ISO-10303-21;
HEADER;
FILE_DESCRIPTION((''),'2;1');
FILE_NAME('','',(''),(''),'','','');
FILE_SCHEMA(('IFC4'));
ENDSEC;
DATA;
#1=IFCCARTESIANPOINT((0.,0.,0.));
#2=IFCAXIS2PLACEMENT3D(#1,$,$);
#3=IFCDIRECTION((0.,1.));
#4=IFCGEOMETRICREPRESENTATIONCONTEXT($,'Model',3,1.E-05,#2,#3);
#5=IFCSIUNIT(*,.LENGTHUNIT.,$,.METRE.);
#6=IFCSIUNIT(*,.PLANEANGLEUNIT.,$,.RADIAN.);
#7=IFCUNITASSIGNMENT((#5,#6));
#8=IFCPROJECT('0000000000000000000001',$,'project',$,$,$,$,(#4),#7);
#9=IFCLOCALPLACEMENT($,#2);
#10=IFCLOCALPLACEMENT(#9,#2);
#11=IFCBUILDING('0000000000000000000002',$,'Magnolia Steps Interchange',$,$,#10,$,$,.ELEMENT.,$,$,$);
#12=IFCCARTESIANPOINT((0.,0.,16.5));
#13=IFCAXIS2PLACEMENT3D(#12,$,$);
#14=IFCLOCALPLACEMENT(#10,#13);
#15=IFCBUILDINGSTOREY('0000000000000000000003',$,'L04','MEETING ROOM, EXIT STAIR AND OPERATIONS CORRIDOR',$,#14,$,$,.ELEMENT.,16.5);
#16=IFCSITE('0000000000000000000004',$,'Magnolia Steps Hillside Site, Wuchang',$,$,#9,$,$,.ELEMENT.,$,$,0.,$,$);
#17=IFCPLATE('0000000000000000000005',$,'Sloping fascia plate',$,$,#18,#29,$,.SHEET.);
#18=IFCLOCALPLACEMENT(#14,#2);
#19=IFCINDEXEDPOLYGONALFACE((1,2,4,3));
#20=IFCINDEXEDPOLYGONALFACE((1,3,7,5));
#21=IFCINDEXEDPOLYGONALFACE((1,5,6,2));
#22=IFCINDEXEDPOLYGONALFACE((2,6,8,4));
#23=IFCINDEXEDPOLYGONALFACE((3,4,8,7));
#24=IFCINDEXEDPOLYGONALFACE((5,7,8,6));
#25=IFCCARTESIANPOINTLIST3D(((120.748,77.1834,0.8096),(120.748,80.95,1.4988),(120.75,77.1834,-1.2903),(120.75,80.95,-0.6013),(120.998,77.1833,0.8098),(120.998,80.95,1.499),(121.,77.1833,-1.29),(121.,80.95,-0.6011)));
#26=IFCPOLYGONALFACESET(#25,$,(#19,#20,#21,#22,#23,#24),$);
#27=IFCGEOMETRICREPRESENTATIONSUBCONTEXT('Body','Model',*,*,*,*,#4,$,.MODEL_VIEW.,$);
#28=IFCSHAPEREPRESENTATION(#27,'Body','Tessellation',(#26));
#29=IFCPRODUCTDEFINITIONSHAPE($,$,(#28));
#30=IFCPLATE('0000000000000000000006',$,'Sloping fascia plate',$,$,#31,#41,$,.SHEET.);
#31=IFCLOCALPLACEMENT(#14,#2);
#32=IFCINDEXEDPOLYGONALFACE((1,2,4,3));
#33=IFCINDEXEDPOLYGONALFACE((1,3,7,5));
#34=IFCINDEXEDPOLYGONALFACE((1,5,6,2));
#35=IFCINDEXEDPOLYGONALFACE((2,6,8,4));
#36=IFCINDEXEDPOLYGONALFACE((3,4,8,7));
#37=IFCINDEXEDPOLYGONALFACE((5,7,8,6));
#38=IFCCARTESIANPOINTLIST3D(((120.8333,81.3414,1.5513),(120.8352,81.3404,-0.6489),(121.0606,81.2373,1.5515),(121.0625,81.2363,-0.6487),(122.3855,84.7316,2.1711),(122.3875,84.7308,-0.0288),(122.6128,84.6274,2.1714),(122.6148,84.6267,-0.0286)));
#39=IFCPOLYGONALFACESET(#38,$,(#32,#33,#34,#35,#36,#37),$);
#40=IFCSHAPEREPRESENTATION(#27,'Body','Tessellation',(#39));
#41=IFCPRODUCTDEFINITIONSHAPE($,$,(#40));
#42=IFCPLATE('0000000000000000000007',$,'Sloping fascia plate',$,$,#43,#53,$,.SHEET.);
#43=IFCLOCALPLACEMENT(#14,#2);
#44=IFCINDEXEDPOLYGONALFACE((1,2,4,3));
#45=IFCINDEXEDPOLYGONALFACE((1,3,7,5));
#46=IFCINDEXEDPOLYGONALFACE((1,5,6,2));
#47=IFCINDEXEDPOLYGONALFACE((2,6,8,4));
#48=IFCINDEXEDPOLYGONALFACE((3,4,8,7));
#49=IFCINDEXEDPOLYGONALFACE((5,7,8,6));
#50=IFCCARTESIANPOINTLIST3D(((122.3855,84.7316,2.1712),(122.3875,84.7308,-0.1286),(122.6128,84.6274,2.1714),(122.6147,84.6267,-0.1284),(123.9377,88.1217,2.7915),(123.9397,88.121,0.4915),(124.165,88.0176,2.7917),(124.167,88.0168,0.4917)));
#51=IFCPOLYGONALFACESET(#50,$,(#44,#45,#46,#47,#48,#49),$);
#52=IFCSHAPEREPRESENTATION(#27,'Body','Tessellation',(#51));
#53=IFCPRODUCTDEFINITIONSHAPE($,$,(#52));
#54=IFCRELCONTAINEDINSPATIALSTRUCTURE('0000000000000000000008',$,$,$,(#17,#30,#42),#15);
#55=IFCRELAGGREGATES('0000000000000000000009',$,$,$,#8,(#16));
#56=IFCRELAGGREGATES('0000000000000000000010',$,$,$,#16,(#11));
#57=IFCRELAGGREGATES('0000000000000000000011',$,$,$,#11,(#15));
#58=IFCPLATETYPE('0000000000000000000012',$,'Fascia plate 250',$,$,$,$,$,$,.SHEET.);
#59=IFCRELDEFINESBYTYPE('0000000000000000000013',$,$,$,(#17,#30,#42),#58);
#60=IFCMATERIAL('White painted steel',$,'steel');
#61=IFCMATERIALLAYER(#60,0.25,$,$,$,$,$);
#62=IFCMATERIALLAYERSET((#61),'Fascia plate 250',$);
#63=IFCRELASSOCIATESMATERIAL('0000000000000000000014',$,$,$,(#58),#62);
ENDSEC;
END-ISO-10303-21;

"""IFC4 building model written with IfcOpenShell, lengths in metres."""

from ifc_helpers import new_model, si_unit, direction, frame, origin, place, context, subcontext, project, spatial, polyline, outline, extrude, material, layer, layer_set, type_object, element, save


model = new_model("IFC4")

# Units and contexts
model_context = context("Model", 3, precision=1e-05, world=origin(), true_north=direction((0.0, 1.0)))
body_context = subcontext(model_context, "Body", "Model", "MODEL_VIEW")
ifc_project = project(units=[si_unit("LENGTHUNIT", "METRE"), si_unit("PLANEANGLEUNIT", "RADIAN")], contexts=[model_context])

# Site, building, storey
site_placement = place(None, origin())
site = spatial("IfcSite", under=ifc_project, at=site_placement, Name="Magnolia Steps Hillside Site, Wuchang", CompositionType="ELEMENT", RefElevation=0.0)
building_placement = place(site_placement, origin())
building = spatial("IfcBuilding", under=site, at=building_placement, Name="Magnolia Steps Interchange", CompositionType="ELEMENT")
storey_placement = place(building_placement, frame((0.0, 0.0, 16.5)))
storey = spatial("IfcBuildingStorey", under=building, at=storey_placement, Name="L04", Description="MEETING ROOM, EXIT STAIR AND OPERATIONS CORRIDOR", CompositionType="ELEMENT", Elevation=16.5)

# Plates
ifc_material_1 = material(Name="White painted steel", Category="steel")
ifc_layer_1 = layer(ifc_material_1, 0.25)
ifc_layer_set_1 = layer_set([ifc_layer_1], Name="Fascia plate 250")
plate_type_1 = type_object("IfcPlateType", Name="Fascia plate 250", PredefinedType="SHEET", material=ifc_layer_set_1)
plate_1_placement = place(storey_placement, frame((121.0, 77.1833, -1.29), z_axis=(1.0, -0.00017, 0.00093), x_axis=(0.0, 0.98368, 0.179929)))
element("IfcPlate", 1, at=plate_1_placement, inside=storey, type_object=plate_type_1, Name="Sloping fascia plate", PredefinedType="SHEET", context=body_context, shape_type="SweptSolid", body=[
    extrude(outline(polyline([(0.0, 0.0), (3.8291, 0.0), (4.207, 2.0658), (0.3778, 2.0656), (0.0, 0.0)])), origin(), (0.0, 0.0, -1.0), 0.25),
])
plate_2_placement = place(storey_placement, frame((121.0625, 81.2363, -0.6487), z_axis=(0.909162, -0.416441, 0.000969), x_axis=(0.410655, 0.896911, 0.16405)))
element("IfcPlate", 2, at=plate_2_placement, inside=storey, type_object=plate_type_1, Name="Sloping fascia plate", PredefinedType="SHEET", context=body_context, shape_type="SweptSolid", body=[
    extrude(outline(polyline([(0.0, 0.0), (3.78, 0.0), (4.1408, 2.1702), (0.361, 2.1704), (0.0, 0.0)])), origin(), (0.0, 0.0, -1.0), 0.25),
])
plate_3_placement = place(storey_placement, frame((122.6147, 84.6267, -0.1284), z_axis=(0.909161, -0.416444, 0.000905), x_axis=(0.410667, 0.896904, 0.16406)))
element("IfcPlate", 3, at=plate_3_placement, inside=storey, type_object=plate_type_1, Name="Sloping fascia plate", PredefinedType="SHEET", context=body_context, shape_type="SweptSolid", body=[
    extrude(outline(polyline([(0.0, 0.0), (3.7798, 0.0), (4.157, 2.2689), (0.3772, 2.2687), (0.0, 0.0)])), origin(), (0.0, 0.0, -1.0), 0.25),
])

save(model, "model.ifc")
